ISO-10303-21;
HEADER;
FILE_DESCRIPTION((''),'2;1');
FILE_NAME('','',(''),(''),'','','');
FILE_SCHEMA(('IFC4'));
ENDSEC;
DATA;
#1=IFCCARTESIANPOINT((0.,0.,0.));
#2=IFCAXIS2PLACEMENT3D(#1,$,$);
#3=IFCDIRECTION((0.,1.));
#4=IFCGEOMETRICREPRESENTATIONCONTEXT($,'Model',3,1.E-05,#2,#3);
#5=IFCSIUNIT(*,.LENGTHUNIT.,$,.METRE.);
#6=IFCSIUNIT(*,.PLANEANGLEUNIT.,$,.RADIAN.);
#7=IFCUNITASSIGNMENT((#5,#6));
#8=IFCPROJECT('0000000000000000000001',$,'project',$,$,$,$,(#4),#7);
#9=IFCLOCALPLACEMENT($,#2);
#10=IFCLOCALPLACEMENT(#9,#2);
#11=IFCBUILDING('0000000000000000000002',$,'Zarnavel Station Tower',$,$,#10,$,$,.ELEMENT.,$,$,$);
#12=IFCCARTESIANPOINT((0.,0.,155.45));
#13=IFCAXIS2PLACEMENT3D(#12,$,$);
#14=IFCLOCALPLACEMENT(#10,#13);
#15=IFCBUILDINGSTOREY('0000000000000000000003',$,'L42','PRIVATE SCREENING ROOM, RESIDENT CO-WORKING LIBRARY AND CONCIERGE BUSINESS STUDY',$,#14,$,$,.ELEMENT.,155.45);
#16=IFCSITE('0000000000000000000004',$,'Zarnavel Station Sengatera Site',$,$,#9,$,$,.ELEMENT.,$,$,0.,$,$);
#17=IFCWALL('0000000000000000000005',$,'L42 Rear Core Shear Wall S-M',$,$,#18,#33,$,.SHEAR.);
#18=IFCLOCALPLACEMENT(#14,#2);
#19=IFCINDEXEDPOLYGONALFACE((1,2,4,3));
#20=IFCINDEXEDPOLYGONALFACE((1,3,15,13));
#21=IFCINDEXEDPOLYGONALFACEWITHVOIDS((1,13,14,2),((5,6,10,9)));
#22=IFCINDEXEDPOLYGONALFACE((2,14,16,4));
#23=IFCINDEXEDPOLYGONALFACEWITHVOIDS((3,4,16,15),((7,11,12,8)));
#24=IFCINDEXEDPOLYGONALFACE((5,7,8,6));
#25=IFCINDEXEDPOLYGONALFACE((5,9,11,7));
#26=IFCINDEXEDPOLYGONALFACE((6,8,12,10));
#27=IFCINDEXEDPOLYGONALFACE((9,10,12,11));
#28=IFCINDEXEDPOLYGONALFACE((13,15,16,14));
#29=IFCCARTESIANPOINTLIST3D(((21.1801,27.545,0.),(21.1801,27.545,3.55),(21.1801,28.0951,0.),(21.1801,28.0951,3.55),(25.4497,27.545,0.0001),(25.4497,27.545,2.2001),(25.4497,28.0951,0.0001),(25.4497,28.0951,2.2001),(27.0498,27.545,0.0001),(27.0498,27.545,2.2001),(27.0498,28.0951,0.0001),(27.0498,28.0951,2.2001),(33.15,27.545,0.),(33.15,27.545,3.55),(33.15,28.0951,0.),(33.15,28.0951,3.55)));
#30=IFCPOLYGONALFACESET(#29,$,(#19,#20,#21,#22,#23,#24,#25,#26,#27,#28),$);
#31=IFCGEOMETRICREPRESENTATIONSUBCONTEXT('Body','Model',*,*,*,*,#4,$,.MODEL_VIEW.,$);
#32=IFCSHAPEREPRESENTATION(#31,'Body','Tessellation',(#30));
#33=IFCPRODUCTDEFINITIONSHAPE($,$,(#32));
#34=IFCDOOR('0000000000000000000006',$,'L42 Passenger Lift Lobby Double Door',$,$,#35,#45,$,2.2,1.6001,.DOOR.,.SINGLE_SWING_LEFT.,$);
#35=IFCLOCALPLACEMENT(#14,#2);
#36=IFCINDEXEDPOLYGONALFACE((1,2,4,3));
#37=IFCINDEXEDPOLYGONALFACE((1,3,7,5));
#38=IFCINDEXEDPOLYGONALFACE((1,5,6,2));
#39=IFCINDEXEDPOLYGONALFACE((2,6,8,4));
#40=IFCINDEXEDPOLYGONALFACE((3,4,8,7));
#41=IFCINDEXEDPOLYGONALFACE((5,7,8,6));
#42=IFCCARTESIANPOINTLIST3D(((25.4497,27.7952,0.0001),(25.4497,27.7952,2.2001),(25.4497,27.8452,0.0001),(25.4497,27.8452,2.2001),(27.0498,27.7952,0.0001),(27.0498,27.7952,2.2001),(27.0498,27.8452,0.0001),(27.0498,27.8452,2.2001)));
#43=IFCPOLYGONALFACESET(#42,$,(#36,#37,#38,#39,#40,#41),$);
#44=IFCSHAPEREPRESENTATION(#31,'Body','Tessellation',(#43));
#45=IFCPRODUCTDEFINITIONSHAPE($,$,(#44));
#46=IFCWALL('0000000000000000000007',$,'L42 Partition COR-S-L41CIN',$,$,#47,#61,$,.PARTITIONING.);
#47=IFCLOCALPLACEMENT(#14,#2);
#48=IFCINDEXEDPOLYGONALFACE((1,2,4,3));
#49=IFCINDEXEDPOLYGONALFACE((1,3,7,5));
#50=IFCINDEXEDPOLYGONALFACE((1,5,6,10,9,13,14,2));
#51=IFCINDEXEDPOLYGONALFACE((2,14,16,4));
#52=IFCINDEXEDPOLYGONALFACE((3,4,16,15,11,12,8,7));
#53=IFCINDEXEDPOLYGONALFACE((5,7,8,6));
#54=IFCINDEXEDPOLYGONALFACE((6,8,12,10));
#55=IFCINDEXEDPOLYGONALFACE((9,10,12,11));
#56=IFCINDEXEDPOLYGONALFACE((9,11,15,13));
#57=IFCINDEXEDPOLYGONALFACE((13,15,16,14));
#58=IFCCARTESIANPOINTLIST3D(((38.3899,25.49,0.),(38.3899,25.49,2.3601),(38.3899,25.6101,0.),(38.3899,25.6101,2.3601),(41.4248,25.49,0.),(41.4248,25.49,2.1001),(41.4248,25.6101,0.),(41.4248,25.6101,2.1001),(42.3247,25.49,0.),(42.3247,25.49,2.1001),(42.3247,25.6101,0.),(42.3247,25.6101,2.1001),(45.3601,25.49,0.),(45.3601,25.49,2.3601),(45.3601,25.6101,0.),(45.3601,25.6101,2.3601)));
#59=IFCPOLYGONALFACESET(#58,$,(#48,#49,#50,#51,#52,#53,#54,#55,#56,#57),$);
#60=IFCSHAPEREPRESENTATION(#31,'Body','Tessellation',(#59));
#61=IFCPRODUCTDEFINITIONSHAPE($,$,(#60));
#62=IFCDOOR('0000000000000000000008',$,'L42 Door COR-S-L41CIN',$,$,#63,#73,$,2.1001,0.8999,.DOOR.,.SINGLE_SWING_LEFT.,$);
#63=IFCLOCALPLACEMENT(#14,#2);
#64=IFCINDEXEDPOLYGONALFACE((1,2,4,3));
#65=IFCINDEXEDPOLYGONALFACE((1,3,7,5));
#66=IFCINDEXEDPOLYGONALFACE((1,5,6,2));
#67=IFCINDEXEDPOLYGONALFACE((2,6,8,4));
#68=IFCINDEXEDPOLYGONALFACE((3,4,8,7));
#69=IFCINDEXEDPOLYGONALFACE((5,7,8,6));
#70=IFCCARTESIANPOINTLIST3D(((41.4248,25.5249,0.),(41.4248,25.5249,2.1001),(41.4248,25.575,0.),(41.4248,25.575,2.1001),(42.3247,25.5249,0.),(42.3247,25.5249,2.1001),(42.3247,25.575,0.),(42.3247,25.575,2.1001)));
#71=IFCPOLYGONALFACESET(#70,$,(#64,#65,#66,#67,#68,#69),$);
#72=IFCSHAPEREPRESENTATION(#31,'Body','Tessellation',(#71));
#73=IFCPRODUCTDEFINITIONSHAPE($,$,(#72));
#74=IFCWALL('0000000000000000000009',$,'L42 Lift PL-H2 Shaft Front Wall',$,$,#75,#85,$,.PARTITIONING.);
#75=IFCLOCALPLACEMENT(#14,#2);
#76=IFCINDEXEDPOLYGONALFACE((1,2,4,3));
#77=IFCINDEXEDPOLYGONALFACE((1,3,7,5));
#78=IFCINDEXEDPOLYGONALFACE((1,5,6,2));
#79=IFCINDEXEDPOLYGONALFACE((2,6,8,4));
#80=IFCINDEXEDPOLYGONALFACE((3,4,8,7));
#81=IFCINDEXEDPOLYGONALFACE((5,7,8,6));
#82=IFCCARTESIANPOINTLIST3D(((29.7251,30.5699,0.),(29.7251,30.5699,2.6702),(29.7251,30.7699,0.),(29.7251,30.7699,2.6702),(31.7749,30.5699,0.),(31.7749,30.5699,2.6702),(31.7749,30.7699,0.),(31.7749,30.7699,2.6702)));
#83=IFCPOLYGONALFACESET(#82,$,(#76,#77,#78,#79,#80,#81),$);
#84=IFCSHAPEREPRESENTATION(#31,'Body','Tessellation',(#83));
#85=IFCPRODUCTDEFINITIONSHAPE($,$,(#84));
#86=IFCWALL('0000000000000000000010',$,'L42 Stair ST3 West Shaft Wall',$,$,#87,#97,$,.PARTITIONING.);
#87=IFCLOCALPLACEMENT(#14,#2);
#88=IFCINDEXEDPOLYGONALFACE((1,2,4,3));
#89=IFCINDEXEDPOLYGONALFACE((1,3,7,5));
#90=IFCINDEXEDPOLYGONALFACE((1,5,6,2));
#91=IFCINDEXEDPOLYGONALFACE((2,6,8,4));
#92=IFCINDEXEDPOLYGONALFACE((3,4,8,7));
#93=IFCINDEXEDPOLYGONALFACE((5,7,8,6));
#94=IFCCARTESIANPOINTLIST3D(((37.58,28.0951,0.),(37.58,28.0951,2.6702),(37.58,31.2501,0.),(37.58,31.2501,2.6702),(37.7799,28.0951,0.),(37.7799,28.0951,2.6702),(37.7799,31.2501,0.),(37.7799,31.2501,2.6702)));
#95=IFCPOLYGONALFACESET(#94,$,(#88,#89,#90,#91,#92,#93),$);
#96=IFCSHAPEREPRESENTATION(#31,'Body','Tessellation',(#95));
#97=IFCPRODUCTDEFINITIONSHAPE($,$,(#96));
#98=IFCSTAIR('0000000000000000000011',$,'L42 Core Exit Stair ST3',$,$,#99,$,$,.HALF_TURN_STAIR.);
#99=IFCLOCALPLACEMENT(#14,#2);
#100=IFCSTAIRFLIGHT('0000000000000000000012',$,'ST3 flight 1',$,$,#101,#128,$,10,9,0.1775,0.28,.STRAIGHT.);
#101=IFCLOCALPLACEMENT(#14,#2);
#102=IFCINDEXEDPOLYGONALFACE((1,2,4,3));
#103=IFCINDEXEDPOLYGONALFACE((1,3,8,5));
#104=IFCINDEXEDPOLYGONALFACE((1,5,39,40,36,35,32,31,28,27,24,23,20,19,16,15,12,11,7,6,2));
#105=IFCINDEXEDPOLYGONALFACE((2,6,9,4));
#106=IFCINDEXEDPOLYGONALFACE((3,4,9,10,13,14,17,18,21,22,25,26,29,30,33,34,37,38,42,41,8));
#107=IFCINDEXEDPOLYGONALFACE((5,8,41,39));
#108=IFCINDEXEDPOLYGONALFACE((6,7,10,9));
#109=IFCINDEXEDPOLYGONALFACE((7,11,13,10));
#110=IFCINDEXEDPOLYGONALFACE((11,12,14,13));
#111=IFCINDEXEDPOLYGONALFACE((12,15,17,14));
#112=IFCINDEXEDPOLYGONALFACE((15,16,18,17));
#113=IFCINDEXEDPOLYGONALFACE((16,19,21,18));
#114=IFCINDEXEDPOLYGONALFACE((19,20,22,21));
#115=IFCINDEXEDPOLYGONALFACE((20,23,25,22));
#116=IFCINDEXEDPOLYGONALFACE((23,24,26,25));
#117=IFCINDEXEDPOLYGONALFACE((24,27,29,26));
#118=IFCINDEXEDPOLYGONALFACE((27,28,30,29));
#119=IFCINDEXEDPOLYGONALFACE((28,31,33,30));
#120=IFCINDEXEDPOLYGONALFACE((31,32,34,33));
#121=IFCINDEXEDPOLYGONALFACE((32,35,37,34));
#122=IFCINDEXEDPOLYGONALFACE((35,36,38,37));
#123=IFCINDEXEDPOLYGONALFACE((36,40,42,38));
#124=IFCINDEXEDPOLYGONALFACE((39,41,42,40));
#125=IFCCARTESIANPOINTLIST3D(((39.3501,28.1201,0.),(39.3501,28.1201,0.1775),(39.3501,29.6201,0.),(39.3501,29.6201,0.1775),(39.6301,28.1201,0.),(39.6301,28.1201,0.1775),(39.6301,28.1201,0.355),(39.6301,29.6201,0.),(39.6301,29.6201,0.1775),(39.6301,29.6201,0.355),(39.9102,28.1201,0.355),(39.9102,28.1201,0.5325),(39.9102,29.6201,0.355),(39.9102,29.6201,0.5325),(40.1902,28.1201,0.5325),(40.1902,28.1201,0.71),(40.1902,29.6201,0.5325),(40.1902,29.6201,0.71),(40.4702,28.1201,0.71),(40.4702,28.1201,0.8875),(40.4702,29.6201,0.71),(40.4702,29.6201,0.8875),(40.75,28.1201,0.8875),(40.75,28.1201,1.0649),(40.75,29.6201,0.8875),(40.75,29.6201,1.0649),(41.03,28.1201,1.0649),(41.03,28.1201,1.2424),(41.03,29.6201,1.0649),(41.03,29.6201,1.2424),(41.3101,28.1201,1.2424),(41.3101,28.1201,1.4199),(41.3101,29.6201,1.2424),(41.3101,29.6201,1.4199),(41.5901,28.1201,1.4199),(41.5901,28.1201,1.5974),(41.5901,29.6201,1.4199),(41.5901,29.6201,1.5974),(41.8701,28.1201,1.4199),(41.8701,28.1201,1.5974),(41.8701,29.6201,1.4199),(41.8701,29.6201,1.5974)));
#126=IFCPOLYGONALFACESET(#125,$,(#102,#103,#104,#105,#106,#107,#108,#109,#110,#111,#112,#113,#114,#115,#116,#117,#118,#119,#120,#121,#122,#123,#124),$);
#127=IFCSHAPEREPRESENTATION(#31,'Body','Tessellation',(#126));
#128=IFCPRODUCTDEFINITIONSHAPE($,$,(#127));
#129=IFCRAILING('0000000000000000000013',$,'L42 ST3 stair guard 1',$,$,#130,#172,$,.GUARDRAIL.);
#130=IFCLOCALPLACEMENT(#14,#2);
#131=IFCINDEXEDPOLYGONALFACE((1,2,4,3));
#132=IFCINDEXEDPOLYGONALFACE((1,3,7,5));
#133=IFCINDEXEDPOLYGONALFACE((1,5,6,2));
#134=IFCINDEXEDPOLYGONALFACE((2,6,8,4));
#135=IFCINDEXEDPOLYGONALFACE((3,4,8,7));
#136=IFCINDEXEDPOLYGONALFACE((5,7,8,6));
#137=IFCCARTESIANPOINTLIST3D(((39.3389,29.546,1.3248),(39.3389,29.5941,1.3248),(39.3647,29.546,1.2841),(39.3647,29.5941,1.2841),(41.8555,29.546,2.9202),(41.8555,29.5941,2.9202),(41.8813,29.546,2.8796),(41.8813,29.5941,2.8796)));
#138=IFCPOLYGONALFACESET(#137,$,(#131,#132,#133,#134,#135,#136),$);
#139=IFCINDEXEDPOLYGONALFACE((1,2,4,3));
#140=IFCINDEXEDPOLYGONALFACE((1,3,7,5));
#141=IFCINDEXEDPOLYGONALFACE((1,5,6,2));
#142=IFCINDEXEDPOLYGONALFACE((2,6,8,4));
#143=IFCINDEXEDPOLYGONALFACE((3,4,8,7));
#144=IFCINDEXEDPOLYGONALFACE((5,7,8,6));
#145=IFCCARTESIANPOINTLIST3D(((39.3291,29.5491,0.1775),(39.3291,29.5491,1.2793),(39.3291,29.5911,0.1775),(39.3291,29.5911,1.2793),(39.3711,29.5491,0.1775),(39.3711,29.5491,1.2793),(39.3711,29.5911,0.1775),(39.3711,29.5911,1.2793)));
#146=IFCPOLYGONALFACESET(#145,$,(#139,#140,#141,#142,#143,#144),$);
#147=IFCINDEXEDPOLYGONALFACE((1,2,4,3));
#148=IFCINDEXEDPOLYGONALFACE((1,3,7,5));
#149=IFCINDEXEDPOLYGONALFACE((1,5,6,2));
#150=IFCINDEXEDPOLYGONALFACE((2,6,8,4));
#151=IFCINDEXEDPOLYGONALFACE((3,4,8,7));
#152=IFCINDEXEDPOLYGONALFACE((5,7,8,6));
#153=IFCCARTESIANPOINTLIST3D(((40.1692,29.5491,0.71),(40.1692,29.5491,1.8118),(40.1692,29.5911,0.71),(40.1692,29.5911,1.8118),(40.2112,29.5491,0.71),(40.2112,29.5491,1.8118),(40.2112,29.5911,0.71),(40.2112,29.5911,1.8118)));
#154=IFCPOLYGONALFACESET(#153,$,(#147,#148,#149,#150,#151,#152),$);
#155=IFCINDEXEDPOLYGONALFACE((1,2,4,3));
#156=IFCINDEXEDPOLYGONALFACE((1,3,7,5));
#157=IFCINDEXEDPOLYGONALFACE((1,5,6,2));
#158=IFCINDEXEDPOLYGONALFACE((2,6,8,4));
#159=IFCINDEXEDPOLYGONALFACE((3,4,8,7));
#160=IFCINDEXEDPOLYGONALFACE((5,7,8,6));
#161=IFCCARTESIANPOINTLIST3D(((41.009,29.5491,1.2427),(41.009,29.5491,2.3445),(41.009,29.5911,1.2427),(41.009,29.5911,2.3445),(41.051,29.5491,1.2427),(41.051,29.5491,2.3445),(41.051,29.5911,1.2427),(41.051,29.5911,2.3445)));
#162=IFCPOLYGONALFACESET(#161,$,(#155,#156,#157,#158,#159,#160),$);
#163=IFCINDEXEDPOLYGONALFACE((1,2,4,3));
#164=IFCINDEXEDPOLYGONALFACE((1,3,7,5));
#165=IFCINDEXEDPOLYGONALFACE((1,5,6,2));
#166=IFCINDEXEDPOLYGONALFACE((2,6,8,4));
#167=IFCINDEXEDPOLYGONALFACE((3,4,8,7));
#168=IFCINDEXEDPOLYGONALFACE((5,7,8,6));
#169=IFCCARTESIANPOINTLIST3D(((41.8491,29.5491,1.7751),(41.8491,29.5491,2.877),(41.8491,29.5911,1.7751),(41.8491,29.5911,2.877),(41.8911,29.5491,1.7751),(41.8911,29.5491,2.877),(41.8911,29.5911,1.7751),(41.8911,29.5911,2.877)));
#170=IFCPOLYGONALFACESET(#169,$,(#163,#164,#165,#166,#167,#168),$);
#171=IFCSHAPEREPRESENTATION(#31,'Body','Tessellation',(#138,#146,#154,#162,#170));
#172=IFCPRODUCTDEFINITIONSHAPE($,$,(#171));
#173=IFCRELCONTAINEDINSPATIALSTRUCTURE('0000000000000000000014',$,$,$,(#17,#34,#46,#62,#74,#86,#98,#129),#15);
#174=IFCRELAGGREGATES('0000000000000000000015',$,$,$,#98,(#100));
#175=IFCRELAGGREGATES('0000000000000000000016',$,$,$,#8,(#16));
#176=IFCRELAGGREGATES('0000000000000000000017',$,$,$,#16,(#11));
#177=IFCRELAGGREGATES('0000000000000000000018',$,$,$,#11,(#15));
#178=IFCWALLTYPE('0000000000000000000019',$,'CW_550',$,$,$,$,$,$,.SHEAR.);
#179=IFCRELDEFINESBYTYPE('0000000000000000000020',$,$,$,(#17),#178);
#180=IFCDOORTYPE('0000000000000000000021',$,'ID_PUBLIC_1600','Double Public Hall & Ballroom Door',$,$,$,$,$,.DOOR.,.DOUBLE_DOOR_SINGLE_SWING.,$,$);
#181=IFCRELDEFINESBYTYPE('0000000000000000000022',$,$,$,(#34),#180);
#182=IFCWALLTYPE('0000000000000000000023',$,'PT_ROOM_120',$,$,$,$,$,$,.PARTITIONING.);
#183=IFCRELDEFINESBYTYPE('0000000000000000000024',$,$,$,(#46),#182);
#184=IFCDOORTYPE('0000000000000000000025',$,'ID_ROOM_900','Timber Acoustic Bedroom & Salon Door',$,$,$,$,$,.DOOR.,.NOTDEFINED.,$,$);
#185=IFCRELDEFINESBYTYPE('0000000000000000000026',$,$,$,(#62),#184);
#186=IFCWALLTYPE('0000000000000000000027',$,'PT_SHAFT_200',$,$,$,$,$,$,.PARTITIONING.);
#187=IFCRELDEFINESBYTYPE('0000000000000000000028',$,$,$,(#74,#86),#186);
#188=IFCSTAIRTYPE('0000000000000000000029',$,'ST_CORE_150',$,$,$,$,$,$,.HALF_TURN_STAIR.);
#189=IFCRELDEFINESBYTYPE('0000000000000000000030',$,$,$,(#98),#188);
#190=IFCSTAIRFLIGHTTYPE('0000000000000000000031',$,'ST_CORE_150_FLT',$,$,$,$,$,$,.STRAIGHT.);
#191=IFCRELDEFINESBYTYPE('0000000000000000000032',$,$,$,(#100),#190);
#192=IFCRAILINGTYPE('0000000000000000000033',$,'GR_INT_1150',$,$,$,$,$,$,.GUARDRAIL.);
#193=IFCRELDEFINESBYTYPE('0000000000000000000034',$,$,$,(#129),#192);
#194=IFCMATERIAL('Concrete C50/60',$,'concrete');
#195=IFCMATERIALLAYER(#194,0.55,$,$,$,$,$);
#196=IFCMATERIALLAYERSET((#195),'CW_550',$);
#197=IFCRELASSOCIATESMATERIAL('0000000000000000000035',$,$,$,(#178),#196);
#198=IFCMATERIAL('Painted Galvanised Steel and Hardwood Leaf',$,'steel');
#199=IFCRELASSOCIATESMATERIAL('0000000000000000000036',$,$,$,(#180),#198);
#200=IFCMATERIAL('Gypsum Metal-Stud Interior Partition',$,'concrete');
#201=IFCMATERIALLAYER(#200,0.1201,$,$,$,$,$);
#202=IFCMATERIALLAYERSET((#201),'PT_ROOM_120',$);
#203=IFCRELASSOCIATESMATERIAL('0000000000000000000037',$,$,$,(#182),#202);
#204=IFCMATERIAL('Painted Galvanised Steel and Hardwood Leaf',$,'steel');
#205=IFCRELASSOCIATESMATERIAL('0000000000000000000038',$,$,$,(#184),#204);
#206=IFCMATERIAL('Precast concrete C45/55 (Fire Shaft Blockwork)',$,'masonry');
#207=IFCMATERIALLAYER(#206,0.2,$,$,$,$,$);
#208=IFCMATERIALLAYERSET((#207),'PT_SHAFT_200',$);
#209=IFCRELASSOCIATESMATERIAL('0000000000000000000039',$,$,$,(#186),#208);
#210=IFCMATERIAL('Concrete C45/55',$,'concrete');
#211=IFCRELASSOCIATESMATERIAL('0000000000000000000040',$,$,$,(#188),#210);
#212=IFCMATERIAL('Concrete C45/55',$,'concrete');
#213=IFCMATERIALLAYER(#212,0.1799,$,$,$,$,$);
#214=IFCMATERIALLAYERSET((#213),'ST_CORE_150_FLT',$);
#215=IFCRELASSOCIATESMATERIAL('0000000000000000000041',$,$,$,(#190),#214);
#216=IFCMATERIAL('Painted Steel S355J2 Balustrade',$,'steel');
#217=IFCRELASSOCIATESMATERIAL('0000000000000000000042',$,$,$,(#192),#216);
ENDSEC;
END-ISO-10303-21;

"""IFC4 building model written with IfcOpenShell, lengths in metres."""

from ifc_helpers import new_model, si_unit, direction, frame, frame_2d, origin, origin_2d, place, context, subcontext, project, spatial, polyline, rectangle, outline, extrude, material, layer, layer_set, type_object, element, fill, aggregate, save


model = new_model("IFC4")

# Units and contexts
model_context = context("Model", 3, precision=1e-05, world=origin(), true_north=direction((0.0, 1.0)))
body_context = subcontext(model_context, "Body", "Model", "MODEL_VIEW")
ifc_project = project(units=[si_unit("LENGTHUNIT", "METRE"), si_unit("PLANEANGLEUNIT", "RADIAN")], contexts=[model_context])

# Site, building, storey
site_placement = place(None, origin())
site = spatial("IfcSite", under=ifc_project, at=site_placement, Name="Zarnavel Station Sengatera Site", CompositionType="ELEMENT", RefElevation=0.0)
building_placement = place(site_placement, origin())
building = spatial("IfcBuilding", under=site, at=building_placement, Name="Zarnavel Station Tower", CompositionType="ELEMENT")
storey_placement = place(building_placement, frame((0.0, 0.0, 155.45)))
storey = spatial("IfcBuildingStorey", under=building, at=storey_placement, Name="L42", Description="PRIVATE SCREENING ROOM, RESIDENT CO-WORKING LIBRARY AND CONCIERGE BUSINESS STUDY", CompositionType="ELEMENT", Elevation=155.45)

# Walls, openings, doors
ifc_material_1 = material(Name="Concrete C50/60", Category="concrete")
ifc_layer_1 = layer(ifc_material_1, 0.55)
ifc_layer_set_1 = layer_set([ifc_layer_1], Name="CW_550")
wall_type_1 = type_object("IfcWallType", Name="CW_550", PredefinedType="SHEAR", material=ifc_layer_set_1)
wall_1_placement = place(storey_placement, frame((33.1499, 27.8201, 0.0), z_axis=(0.0, 0.0, 1.0), x_axis=(-1.0, 0.0, 0.0)))
wall_1 = element("IfcWall", 1, at=wall_1_placement, inside=storey, type_object=wall_type_1, Name="L42 Rear Core Shear Wall S-M", PredefinedType="SHEAR", context=body_context, shape_type="SweptSolid", body=[
    extrude(rectangle(XDim=11.97, YDim=0.55, at=frame_2d((5.9849, 0.0))), origin(), (0.0, 0.0, 1.0), 3.55),
])
opening_1_placement = place(wall_1_placement, frame((6.1001, 0.0, 0.0)))
opening_1 = element("IfcOpeningElement", 2, at=opening_1_placement, cuts=wall_1, PredefinedType="OPENING", context=body_context, shape_type="SweptSolid", body=[
    extrude(rectangle(XDim=1.6001, YDim=2.2, at=frame_2d((0.8, 1.1001))), frame((0.0, 0.2849, 0.0), z_axis=(0.0, -1.0, 0.0), x_axis=(1.0, 0.0, 0.0)), (0.0, 0.0, 1.0), 0.5701),
])
ifc_material_2 = material(Name="Painted Galvanised Steel and Hardwood Leaf", Category="steel")
door_type_1 = type_object("IfcDoorType", Name="ID_PUBLIC_1600", Description="Double Public Hall & Ballroom Door", OperationType="DOUBLE_DOOR_SINGLE_SWING", PredefinedType="DOOR", material=ifc_material_2)
door_1_placement = place(opening_1_placement, origin())
door_1 = element("IfcDoor", 3, at=door_1_placement, inside=storey, type_object=door_type_1, Name="L42 Passenger Lift Lobby Double Door", OperationType="SINGLE_SWING_LEFT", OverallHeight=2.2, OverallWidth=1.6001, PredefinedType="DOOR", context=body_context, shape_type="SweptSolid", body=[
    extrude(rectangle(XDim=1.6001, YDim=2.2, at=frame_2d((0.8, 1.1001))), frame((0.0, 0.0249, 0.0), z_axis=(0.0, -1.0, 0.0), x_axis=(1.0, 0.0, 0.0)), (0.0, 0.0, 1.0), 0.05),
])
fill(opening_1, door_1)
ifc_material_3 = material(Name="Gypsum Metal-Stud Interior Partition", Category="concrete")
ifc_layer_2 = layer(ifc_material_3, 0.1201)
ifc_layer_set_2 = layer_set([ifc_layer_2], Name="PT_ROOM_120")
wall_type_2 = type_object("IfcWallType", Name="PT_ROOM_120", PredefinedType="PARTITIONING", material=ifc_layer_set_2)
wall_2_placement = place(storey_placement, frame((38.3899, 25.55, 0.0), z_axis=(0.0, 0.0, 1.0), x_axis=(1.0, 0.0, 0.0)))
wall_2 = element("IfcWall", 4, at=wall_2_placement, inside=storey, type_object=wall_type_2, Name="L42 Partition COR-S-L41CIN", PredefinedType="PARTITIONING", context=body_context, shape_type="SweptSolid", body=[
    extrude(rectangle(XDim=6.9702, YDim=0.1201, at=frame_2d((3.4851, 0.0))), origin(), (0.0, 0.0, 1.0), 2.3601),
])
opening_2_placement = place(wall_2_placement, frame((3.0349, 0.0, 0.0)))
opening_2 = element("IfcOpeningElement", 5, at=opening_2_placement, cuts=wall_2, PredefinedType="OPENING", context=body_context, shape_type="SweptSolid", body=[
    extrude(rectangle(XDim=0.8999, YDim=2.1001, at=frame_2d((0.45, 1.05))), frame((0.0, 0.0701, 0.0), z_axis=(0.0, -1.0, 0.0), x_axis=(1.0, 0.0, 0.0)), (0.0, 0.0, 1.0), 0.1401),
])
ifc_material_4 = material(Name="Painted Galvanised Steel and Hardwood Leaf", Category="steel")
door_type_2 = type_object("IfcDoorType", Name="ID_ROOM_900", Description="Timber Acoustic Bedroom & Salon Door", OperationType="NOTDEFINED", PredefinedType="DOOR", material=ifc_material_4)
door_2_placement = place(opening_2_placement, origin())
door_2 = element("IfcDoor", 6, at=door_2_placement, inside=storey, type_object=door_type_2, Name="L42 Door COR-S-L41CIN", OperationType="SINGLE_SWING_LEFT", OverallHeight=2.1001, OverallWidth=0.8999, PredefinedType="DOOR", context=body_context, shape_type="SweptSolid", body=[
    extrude(rectangle(XDim=0.8999, YDim=2.1001, at=frame_2d((0.45, 1.05))), frame((0.0, 0.0249, 0.0), z_axis=(0.0, -1.0, 0.0), x_axis=(1.0, 0.0, 0.0)), (0.0, 0.0, 1.0), 0.05),
])
fill(opening_2, door_2)

# Walls
ifc_material_5 = material(Name="Precast concrete C45/55 (Fire Shaft Blockwork)", Category="masonry")
ifc_layer_3 = layer(ifc_material_5, 0.2)
ifc_layer_set_3 = layer_set([ifc_layer_3], Name="PT_SHAFT_200")
wall_type_3 = type_object("IfcWallType", Name="PT_SHAFT_200", PredefinedType="PARTITIONING", material=ifc_layer_set_3)
wall_3_placement = place(storey_placement, frame((29.7251, 30.6699, 0.0), z_axis=(0.0, 0.0, 1.0), x_axis=(1.0, 0.0, 0.0)))
element("IfcWall", 7, at=wall_3_placement, inside=storey, type_object=wall_type_3, Name="L42 Lift PL-H2 Shaft Front Wall", PredefinedType="PARTITIONING", context=body_context, shape_type="SweptSolid", body=[
    extrude(rectangle(XDim=2.0498, YDim=0.2, at=frame_2d((1.0249, 0.0))), origin(), (0.0, 0.0, 1.0), 2.6702),
])
wall_4_placement = place(storey_placement, frame((37.6799, 28.095, 0.0), z_axis=(0.0, 0.0, 1.0), x_axis=(0.0, 1.0, 0.0)))
element("IfcWall", 8, at=wall_4_placement, inside=storey, type_object=wall_type_3, Name="L42 Stair ST3 West Shaft Wall", PredefinedType="PARTITIONING", context=body_context, shape_type="SweptSolid", body=[
    extrude(rectangle(XDim=3.155, YDim=0.2, at=frame_2d((1.5776, 0.0))), origin(), (0.0, 0.0, 1.0), 2.6702),
])

# Stair, stair flight
ifc_material_6 = material(Name="Concrete C45/55", Category="concrete")
stair_type = type_object("IfcStairType", Name="ST_CORE_150", PredefinedType="HALF_TURN_STAIR", material=ifc_material_6)
stair_placement = place(storey_placement, origin())
stair = element("IfcStair", 9, at=stair_placement, inside=storey, type_object=stair_type, Name="L42 Core Exit Stair ST3", PredefinedType="HALF_TURN_STAIR")
ifc_material_7 = material(Name="Concrete C45/55", Category="concrete")
ifc_layer_4 = layer(ifc_material_7, 0.1799)
ifc_layer_set_4 = layer_set([ifc_layer_4], Name="ST_CORE_150_FLT")
stair_flight_type = type_object("IfcStairFlightType", Name="ST_CORE_150_FLT", PredefinedType="STRAIGHT", material=ifc_layer_set_4)
stair_flight_placement = place(storey_placement, frame((39.3501, 28.8701, 0.0), z_axis=(0.0, 0.0, 1.0), x_axis=(1.0, 0.0, 0.0)))
stair_flight = element("IfcStairFlight", 10, at=stair_flight_placement, type_object=stair_flight_type, Name="ST3 flight 1", NumberOfRisers=10, NumberOfTreads=9, PredefinedType="STRAIGHT", RiserHeight=0.1775, TreadLength=0.28, context=body_context, shape_type="SweptSolid", body=[
    extrude(outline(polyline([(0.0, 0.0), (0.0, 0.1775), (0.28, 0.1775), (0.28, 0.355), (0.5601, 0.355), (0.5601, 0.5325), (0.8401, 0.5325), (0.8401, 0.71), (1.1201, 0.71), (1.1201, 0.8875), (1.3999, 0.8875), (1.3999, 1.0649), (1.6799, 1.0649), (1.6799, 1.2424), (1.96, 1.2424), (1.96, 1.4199), (2.24, 1.4199), (2.24, 1.5974), (2.52, 1.5974), (2.52, 1.7749), (2.52, 1.4199), (0.28, 0.0), (0.0, 0.0)])), frame((0.0, 0.75, 0.0), z_axis=(0.0, -1.0, 0.0), x_axis=(1.0, 0.0, 0.0)), (0.0, 0.0, 1.0), 1.5),
])
aggregate(stair, [stair_flight])

# Railing
ifc_material_8 = material(Name="Painted Steel S355J2 Balustrade", Category="steel")
railing_type_1 = type_object("IfcRailingType", Name="GR_INT_1150", PredefinedType="GUARDRAIL", material=ifc_material_8)
railing_1_placement = place(storey_placement, frame((39.3501, 29.5701, 0.1775)))
element("IfcRailing", 11, at=railing_1_placement, inside=storey, type_object=railing_type_1, Name="L42 ST3 stair guard 1", PredefinedType="GUARDRAIL", context=body_context, shape_type="SweptSolid", body=[
    extrude(rectangle(XDim=0.0481, YDim=0.0481, at=origin_2d()), frame((0.0017, 0.0, 1.127), z_axis=(0.84457, 0.0, 0.535445), x_axis=(0.0, 1.0, 0.0)), (0.0, 0.0, 1.0), 2.9797),
    extrude(rectangle(XDim=0.042, YDim=0.042, at=origin_2d()), origin(), (0.0, 0.0, 1.0), 1.1018),
    extrude(rectangle(XDim=0.042, YDim=0.042, at=origin_2d()), frame((0.8401, 0.0, 0.5325)), (0.0, 0.0, 1.0), 1.1018),
    extrude(rectangle(XDim=0.042, YDim=0.042, at=origin_2d()), frame((1.6799, 0.0, 1.0652)), (0.0, 0.0, 1.0), 1.1018),
    extrude(rectangle(XDim=0.042, YDim=0.042, at=origin_2d()), frame((2.52, 0.0, 1.5977)), (0.0, 0.0, 1.0), 1.1018),
])

save(model, "model.ifc")
